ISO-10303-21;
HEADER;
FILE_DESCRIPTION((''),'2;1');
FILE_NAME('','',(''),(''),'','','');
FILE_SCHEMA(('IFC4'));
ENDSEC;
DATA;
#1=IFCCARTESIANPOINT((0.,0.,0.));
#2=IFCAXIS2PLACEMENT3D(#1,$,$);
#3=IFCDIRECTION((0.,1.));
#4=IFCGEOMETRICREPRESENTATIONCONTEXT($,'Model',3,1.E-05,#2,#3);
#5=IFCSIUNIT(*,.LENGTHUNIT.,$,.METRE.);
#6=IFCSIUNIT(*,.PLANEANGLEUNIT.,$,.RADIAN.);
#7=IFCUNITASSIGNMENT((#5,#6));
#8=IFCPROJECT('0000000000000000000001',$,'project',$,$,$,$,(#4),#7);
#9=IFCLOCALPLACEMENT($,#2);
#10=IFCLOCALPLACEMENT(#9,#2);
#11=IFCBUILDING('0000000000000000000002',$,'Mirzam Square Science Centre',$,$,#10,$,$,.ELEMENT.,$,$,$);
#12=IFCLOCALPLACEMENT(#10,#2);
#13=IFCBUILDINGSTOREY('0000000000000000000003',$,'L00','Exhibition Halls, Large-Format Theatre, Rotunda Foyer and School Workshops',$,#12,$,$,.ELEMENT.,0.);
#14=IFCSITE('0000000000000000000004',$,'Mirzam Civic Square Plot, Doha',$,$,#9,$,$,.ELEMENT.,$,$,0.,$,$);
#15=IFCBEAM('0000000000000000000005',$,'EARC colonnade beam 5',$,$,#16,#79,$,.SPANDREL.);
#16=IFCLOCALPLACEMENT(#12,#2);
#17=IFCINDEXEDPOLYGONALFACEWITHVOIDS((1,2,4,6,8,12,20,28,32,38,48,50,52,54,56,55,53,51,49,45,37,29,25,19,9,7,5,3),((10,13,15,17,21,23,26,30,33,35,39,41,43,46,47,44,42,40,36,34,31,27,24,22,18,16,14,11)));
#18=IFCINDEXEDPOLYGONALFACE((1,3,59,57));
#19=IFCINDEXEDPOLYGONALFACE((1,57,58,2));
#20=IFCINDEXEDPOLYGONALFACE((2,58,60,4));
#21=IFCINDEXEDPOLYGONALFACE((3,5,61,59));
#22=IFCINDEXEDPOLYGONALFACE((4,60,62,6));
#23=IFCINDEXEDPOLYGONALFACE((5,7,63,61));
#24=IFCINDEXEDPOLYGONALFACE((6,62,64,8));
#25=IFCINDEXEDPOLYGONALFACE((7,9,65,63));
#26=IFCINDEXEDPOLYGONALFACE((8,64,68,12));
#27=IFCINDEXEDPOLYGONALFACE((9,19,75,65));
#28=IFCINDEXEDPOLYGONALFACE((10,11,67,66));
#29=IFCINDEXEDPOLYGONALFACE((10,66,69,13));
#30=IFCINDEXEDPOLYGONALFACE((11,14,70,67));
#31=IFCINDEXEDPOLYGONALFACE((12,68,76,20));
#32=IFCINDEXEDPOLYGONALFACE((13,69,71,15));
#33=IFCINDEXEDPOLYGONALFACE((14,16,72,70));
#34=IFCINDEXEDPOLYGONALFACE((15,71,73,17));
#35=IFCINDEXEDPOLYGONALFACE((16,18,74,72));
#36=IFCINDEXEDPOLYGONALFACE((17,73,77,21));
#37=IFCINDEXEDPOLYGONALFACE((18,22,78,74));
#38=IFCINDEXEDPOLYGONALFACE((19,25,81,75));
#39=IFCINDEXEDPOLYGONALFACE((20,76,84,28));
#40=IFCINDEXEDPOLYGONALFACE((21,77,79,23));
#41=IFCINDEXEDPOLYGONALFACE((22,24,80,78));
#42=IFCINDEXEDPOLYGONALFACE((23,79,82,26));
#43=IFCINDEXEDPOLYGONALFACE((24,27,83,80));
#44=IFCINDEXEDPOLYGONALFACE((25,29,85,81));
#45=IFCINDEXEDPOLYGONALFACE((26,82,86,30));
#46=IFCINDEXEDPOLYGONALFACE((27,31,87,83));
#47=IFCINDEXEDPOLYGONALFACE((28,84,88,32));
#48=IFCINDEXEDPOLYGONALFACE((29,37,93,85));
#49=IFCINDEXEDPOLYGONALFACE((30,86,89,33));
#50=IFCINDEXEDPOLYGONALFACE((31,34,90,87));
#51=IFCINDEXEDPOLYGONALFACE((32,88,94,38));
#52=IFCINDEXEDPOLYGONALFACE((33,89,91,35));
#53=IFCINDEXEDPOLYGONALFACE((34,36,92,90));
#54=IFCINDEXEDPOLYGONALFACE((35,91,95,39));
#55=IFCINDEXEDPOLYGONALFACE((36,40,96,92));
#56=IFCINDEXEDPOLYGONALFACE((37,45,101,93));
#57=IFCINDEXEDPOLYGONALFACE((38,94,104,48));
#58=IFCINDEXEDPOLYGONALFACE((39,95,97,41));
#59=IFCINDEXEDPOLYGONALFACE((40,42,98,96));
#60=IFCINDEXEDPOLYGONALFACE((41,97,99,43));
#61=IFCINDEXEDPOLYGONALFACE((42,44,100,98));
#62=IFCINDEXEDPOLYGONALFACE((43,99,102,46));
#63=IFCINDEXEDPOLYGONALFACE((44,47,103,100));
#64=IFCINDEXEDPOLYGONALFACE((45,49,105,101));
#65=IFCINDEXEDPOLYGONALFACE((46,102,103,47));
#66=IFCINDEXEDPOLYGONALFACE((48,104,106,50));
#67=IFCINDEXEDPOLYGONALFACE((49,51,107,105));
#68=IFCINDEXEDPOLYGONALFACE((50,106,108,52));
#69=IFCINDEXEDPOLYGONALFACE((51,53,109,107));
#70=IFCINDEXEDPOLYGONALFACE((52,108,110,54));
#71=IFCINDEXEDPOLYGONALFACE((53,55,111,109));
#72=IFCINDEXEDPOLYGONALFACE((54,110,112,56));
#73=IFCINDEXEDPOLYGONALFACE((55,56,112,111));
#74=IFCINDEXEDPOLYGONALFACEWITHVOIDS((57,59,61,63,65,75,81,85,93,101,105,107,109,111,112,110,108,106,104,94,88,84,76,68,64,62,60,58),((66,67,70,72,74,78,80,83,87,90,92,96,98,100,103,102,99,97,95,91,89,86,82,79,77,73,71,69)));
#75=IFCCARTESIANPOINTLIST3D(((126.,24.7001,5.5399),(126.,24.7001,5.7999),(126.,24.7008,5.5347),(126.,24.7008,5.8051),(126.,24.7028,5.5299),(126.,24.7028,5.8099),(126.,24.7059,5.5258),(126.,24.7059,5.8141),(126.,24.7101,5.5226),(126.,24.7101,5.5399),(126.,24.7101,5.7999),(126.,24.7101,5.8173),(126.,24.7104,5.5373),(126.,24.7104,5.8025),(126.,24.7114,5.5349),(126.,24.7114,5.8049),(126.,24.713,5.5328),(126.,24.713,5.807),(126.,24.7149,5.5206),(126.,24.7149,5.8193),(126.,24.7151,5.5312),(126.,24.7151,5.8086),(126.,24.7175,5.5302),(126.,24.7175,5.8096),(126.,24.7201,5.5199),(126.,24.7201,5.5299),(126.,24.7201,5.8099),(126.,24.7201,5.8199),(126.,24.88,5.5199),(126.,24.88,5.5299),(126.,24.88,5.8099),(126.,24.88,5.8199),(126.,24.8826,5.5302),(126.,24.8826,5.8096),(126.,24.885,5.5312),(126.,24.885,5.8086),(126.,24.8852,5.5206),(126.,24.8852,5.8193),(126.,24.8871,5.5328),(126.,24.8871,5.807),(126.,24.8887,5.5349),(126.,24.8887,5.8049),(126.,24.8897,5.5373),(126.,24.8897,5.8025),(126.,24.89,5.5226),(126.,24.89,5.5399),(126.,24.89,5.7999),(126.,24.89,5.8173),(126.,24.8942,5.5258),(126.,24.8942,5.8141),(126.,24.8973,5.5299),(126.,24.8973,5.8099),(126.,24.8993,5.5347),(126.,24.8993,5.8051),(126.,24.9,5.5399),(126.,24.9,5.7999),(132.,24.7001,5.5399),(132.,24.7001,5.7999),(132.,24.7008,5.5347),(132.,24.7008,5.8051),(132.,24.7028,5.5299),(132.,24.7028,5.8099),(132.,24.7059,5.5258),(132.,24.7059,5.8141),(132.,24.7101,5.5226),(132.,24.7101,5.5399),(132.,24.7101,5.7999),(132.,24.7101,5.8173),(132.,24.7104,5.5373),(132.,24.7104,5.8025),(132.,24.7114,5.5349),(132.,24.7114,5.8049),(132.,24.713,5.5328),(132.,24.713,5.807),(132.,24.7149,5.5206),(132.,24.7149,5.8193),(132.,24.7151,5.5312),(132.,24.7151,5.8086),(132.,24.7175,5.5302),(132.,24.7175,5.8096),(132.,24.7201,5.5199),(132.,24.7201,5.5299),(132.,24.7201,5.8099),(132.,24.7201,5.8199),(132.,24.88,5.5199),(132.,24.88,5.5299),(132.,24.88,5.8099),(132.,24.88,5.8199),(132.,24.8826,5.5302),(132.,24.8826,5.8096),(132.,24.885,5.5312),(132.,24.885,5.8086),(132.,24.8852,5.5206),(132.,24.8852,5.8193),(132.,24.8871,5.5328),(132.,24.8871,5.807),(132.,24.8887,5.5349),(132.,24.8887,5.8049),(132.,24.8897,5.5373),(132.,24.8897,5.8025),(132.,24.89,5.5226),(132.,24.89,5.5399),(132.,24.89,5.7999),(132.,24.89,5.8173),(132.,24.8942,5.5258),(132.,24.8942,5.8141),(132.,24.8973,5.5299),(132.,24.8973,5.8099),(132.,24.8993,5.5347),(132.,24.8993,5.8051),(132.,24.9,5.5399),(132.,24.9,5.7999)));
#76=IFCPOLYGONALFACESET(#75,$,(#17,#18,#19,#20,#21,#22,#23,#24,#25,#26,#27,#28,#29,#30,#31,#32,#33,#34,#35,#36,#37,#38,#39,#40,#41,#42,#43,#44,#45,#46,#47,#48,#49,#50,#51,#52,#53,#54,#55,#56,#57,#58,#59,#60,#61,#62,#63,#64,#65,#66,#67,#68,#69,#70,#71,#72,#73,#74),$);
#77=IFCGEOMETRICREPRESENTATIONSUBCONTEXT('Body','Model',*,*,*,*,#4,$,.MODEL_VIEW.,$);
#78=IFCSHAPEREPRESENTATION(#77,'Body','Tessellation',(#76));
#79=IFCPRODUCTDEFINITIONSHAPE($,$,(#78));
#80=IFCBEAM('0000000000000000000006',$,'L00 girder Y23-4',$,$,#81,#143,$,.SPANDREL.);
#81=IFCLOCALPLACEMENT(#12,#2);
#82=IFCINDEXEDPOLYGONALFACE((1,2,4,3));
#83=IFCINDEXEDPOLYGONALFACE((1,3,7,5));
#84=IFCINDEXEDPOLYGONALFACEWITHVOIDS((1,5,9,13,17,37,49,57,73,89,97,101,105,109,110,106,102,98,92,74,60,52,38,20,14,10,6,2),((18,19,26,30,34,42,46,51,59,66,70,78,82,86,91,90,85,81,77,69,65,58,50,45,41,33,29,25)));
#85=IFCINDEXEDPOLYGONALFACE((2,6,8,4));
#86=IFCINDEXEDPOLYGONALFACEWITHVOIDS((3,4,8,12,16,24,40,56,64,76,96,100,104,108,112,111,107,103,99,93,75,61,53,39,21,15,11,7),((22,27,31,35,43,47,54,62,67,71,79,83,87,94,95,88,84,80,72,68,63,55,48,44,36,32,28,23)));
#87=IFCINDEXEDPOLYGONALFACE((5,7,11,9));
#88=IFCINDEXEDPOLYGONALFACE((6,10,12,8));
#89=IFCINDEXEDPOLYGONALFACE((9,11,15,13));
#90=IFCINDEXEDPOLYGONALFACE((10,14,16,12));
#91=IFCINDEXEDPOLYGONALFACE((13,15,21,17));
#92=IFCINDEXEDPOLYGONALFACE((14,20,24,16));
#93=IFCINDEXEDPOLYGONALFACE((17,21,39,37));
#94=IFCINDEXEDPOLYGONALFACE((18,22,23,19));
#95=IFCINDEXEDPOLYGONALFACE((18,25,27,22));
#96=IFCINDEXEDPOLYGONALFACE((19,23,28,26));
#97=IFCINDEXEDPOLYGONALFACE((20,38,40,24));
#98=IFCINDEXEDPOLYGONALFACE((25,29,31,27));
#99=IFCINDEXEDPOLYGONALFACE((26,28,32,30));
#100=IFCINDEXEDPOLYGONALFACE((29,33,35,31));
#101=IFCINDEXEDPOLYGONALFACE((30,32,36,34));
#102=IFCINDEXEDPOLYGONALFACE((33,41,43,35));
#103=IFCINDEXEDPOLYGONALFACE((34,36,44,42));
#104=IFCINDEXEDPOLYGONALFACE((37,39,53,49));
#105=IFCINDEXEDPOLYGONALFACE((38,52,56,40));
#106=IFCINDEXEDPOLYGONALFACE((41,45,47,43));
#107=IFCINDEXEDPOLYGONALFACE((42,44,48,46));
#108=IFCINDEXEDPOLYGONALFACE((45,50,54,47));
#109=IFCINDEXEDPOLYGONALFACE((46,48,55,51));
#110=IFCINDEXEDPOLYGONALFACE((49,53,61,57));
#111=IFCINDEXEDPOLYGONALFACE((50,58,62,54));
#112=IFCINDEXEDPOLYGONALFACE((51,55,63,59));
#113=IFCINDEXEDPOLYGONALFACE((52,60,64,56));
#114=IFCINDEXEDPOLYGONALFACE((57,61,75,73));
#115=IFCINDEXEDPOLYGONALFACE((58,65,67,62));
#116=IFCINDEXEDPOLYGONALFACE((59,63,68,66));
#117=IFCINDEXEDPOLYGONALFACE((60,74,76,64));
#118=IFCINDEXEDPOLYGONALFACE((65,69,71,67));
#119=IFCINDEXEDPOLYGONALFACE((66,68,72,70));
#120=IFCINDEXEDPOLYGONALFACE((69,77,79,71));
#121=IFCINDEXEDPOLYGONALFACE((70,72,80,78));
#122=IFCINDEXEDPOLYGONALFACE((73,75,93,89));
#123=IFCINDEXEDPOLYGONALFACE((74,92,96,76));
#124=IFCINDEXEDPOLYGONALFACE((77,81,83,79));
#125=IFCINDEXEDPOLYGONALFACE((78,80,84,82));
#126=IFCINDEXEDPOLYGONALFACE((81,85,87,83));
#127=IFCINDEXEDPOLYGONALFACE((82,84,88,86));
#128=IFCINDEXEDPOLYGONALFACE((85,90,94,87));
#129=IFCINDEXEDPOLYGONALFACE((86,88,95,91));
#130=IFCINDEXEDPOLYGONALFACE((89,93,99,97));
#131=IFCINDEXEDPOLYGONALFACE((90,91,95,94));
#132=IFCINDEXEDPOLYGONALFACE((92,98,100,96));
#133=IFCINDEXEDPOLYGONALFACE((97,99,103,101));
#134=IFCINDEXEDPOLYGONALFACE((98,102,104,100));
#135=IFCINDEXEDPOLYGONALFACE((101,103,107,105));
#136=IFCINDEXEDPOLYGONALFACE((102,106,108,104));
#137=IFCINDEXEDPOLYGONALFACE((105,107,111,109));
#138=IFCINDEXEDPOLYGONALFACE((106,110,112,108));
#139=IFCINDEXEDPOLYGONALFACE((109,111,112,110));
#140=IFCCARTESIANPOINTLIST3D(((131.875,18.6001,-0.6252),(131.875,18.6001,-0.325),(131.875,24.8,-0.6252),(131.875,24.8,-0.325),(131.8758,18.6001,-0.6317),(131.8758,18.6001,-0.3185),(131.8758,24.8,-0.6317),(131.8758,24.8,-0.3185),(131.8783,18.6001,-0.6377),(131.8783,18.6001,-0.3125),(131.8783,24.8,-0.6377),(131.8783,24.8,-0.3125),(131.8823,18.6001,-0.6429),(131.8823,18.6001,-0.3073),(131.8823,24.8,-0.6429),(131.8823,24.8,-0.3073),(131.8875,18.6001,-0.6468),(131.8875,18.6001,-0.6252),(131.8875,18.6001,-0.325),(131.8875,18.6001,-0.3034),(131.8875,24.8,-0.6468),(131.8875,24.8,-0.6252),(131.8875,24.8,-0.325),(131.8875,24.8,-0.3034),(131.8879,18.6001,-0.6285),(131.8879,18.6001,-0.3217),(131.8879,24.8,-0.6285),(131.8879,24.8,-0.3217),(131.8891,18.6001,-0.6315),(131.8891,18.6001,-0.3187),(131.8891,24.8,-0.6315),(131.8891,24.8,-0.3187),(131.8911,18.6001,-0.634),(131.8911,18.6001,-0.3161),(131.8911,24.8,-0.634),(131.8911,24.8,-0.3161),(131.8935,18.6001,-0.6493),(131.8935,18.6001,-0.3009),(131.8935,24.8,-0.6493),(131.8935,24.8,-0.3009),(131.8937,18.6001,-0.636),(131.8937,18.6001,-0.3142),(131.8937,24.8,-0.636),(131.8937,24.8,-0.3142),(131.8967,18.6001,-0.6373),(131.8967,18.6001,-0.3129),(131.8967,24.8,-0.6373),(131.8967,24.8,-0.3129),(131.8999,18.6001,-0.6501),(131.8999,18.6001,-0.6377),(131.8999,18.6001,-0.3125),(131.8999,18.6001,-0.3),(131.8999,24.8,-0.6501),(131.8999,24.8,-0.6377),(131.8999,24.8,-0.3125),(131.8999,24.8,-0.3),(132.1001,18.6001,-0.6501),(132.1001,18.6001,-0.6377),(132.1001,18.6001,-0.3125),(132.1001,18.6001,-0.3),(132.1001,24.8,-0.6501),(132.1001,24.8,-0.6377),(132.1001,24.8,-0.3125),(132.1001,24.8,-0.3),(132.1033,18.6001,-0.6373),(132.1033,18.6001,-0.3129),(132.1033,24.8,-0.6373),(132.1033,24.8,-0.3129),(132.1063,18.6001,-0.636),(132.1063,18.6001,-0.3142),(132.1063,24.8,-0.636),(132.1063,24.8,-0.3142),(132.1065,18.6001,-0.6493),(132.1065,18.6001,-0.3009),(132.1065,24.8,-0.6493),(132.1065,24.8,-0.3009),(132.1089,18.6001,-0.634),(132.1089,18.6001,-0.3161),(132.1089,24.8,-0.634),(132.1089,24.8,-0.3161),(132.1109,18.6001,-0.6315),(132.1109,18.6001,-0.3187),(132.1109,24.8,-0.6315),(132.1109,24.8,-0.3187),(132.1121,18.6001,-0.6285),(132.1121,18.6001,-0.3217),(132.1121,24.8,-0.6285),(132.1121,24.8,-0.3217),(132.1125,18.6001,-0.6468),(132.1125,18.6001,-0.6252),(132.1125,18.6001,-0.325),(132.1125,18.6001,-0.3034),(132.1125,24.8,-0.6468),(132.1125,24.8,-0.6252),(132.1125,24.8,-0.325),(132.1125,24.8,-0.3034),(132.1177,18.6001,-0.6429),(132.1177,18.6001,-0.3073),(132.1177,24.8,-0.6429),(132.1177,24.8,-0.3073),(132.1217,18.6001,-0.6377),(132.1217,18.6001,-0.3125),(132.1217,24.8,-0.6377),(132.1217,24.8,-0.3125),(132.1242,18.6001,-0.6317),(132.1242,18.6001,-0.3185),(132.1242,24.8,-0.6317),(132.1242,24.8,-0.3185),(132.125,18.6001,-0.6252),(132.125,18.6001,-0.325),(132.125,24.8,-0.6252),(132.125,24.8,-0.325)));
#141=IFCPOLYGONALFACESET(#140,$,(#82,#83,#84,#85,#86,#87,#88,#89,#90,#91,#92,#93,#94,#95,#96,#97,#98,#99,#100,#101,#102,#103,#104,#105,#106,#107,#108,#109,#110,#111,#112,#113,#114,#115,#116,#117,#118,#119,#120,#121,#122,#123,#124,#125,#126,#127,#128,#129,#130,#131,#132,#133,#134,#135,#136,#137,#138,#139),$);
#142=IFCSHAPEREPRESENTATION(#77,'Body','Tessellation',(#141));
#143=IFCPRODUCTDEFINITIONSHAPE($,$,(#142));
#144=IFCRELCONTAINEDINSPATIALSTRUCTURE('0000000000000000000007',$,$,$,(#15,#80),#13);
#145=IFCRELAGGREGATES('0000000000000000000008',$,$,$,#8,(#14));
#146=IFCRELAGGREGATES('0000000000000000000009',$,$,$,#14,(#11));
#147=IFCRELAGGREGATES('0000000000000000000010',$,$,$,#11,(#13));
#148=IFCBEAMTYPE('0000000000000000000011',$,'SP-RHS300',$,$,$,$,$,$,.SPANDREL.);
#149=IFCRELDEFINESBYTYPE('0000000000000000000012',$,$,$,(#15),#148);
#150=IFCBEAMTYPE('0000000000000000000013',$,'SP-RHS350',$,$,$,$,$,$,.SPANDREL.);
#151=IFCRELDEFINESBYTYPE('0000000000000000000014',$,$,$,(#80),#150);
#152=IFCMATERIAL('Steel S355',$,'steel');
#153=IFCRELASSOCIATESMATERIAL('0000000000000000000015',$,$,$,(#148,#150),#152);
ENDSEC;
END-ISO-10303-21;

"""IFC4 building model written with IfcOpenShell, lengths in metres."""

from ifc_helpers import new_model, si_unit, direction, frame, origin, origin_2d, place, context, subcontext, project, spatial, hollow_rectangle, extrude, material, material_profile, profile_set, type_object, element, save


model = new_model("IFC4")

# Units and contexts
model_context = context("Model", 3, precision=1e-05, world=origin(), true_north=direction((0.0, 1.0)))
body_context = subcontext(model_context, "Body", "Model", "MODEL_VIEW")
ifc_project = project(units=[si_unit("LENGTHUNIT", "METRE"), si_unit("PLANEANGLEUNIT", "RADIAN")], contexts=[model_context])

# Site, building, storey
site_placement = place(None, origin())
site = spatial("IfcSite", under=ifc_project, at=site_placement, Name="Mirzam Civic Square Plot, Doha", CompositionType="ELEMENT", RefElevation=0.0)
building_placement = place(site_placement, origin())
building = spatial("IfcBuilding", under=site, at=building_placement, Name="Mirzam Square Science Centre", CompositionType="ELEMENT")
storey_placement = place(building_placement, origin())
storey = spatial("IfcBuildingStorey", under=building, at=storey_placement, Name="L00", Description="Exhibition Halls, Large-Format Theatre, Rotunda Foyer and School Workshops", CompositionType="ELEMENT", Elevation=0.0)

# Shared definitions
ifc_material_1 = material(Name="Steel S355", Category="steel")

# Beams
ifc_material_profile_1 = material_profile(ifc_material_1, hollow_rectangle(XDim=0.2, YDim=0.3, WallThickness=0.01, InnerFilletRadius=0.01, OuterFilletRadius=0.02, at=origin_2d()), Name="300x200x10.0RHS")
ifc_profile_set_1 = profile_set([ifc_material_profile_1], Name="Steel S355")
beam_type_1 = type_object("IfcBeamType", Name="SP-RHS300", PredefinedType="SPANDREL", material=ifc_profile_set_1)
for number, where, z_axis, x_axis, name in (
    (1, (126.0, 24.8, 5.6699), (1.0, 0.0, 0.0), (0.0, 1.0, 0.0), "EARC colonnade beam 5"),
):
    element("IfcBeam", number, at=place(storey_placement, frame(where, z_axis=z_axis, x_axis=x_axis)), inside=storey, type_object=beam_type_1, Name=name, PredefinedType="SPANDREL", context=body_context, shape_type="SweptSolid", body=[
        extrude(hollow_rectangle(XDim=0.2, YDim=0.3, WallThickness=0.01, InnerFilletRadius=0.01, OuterFilletRadius=0.02, at=origin_2d()), origin(), (0.0, 0.0, 1.0), 6.0),
    ])
ifc_material_profile_2 = material_profile(ifc_material_1, hollow_rectangle(XDim=0.25, YDim=0.3501, WallThickness=0.0125, InnerFilletRadius=0.0125, OuterFilletRadius=0.0249, at=origin_2d()), Name="350x250x12.5RHS")
ifc_profile_set_2 = profile_set([ifc_material_profile_2], Name="Steel S355")
beam_type_2 = type_object("IfcBeamType", Name="SP-RHS350", PredefinedType="SPANDREL", material=ifc_profile_set_2)
for number, where, z_axis, x_axis, name in (
    (2, (132.0, 18.6001, -0.4751), (0.0, 1.0, 0.0), (-1.0, 0.0, 0.0), "L00 girder Y23-4"),
):
    element("IfcBeam", number, at=place(storey_placement, frame(where, z_axis=z_axis, x_axis=x_axis)), inside=storey, type_object=beam_type_2, Name=name, PredefinedType="SPANDREL", context=body_context, shape_type="SweptSolid", body=[
        extrude(hollow_rectangle(XDim=0.25, YDim=0.3501, WallThickness=0.0125, InnerFilletRadius=0.0125, OuterFilletRadius=0.0249, at=origin_2d()), origin(), (0.0, 0.0, 1.0), 6.2),
    ])

save(model, "model.ifc")
